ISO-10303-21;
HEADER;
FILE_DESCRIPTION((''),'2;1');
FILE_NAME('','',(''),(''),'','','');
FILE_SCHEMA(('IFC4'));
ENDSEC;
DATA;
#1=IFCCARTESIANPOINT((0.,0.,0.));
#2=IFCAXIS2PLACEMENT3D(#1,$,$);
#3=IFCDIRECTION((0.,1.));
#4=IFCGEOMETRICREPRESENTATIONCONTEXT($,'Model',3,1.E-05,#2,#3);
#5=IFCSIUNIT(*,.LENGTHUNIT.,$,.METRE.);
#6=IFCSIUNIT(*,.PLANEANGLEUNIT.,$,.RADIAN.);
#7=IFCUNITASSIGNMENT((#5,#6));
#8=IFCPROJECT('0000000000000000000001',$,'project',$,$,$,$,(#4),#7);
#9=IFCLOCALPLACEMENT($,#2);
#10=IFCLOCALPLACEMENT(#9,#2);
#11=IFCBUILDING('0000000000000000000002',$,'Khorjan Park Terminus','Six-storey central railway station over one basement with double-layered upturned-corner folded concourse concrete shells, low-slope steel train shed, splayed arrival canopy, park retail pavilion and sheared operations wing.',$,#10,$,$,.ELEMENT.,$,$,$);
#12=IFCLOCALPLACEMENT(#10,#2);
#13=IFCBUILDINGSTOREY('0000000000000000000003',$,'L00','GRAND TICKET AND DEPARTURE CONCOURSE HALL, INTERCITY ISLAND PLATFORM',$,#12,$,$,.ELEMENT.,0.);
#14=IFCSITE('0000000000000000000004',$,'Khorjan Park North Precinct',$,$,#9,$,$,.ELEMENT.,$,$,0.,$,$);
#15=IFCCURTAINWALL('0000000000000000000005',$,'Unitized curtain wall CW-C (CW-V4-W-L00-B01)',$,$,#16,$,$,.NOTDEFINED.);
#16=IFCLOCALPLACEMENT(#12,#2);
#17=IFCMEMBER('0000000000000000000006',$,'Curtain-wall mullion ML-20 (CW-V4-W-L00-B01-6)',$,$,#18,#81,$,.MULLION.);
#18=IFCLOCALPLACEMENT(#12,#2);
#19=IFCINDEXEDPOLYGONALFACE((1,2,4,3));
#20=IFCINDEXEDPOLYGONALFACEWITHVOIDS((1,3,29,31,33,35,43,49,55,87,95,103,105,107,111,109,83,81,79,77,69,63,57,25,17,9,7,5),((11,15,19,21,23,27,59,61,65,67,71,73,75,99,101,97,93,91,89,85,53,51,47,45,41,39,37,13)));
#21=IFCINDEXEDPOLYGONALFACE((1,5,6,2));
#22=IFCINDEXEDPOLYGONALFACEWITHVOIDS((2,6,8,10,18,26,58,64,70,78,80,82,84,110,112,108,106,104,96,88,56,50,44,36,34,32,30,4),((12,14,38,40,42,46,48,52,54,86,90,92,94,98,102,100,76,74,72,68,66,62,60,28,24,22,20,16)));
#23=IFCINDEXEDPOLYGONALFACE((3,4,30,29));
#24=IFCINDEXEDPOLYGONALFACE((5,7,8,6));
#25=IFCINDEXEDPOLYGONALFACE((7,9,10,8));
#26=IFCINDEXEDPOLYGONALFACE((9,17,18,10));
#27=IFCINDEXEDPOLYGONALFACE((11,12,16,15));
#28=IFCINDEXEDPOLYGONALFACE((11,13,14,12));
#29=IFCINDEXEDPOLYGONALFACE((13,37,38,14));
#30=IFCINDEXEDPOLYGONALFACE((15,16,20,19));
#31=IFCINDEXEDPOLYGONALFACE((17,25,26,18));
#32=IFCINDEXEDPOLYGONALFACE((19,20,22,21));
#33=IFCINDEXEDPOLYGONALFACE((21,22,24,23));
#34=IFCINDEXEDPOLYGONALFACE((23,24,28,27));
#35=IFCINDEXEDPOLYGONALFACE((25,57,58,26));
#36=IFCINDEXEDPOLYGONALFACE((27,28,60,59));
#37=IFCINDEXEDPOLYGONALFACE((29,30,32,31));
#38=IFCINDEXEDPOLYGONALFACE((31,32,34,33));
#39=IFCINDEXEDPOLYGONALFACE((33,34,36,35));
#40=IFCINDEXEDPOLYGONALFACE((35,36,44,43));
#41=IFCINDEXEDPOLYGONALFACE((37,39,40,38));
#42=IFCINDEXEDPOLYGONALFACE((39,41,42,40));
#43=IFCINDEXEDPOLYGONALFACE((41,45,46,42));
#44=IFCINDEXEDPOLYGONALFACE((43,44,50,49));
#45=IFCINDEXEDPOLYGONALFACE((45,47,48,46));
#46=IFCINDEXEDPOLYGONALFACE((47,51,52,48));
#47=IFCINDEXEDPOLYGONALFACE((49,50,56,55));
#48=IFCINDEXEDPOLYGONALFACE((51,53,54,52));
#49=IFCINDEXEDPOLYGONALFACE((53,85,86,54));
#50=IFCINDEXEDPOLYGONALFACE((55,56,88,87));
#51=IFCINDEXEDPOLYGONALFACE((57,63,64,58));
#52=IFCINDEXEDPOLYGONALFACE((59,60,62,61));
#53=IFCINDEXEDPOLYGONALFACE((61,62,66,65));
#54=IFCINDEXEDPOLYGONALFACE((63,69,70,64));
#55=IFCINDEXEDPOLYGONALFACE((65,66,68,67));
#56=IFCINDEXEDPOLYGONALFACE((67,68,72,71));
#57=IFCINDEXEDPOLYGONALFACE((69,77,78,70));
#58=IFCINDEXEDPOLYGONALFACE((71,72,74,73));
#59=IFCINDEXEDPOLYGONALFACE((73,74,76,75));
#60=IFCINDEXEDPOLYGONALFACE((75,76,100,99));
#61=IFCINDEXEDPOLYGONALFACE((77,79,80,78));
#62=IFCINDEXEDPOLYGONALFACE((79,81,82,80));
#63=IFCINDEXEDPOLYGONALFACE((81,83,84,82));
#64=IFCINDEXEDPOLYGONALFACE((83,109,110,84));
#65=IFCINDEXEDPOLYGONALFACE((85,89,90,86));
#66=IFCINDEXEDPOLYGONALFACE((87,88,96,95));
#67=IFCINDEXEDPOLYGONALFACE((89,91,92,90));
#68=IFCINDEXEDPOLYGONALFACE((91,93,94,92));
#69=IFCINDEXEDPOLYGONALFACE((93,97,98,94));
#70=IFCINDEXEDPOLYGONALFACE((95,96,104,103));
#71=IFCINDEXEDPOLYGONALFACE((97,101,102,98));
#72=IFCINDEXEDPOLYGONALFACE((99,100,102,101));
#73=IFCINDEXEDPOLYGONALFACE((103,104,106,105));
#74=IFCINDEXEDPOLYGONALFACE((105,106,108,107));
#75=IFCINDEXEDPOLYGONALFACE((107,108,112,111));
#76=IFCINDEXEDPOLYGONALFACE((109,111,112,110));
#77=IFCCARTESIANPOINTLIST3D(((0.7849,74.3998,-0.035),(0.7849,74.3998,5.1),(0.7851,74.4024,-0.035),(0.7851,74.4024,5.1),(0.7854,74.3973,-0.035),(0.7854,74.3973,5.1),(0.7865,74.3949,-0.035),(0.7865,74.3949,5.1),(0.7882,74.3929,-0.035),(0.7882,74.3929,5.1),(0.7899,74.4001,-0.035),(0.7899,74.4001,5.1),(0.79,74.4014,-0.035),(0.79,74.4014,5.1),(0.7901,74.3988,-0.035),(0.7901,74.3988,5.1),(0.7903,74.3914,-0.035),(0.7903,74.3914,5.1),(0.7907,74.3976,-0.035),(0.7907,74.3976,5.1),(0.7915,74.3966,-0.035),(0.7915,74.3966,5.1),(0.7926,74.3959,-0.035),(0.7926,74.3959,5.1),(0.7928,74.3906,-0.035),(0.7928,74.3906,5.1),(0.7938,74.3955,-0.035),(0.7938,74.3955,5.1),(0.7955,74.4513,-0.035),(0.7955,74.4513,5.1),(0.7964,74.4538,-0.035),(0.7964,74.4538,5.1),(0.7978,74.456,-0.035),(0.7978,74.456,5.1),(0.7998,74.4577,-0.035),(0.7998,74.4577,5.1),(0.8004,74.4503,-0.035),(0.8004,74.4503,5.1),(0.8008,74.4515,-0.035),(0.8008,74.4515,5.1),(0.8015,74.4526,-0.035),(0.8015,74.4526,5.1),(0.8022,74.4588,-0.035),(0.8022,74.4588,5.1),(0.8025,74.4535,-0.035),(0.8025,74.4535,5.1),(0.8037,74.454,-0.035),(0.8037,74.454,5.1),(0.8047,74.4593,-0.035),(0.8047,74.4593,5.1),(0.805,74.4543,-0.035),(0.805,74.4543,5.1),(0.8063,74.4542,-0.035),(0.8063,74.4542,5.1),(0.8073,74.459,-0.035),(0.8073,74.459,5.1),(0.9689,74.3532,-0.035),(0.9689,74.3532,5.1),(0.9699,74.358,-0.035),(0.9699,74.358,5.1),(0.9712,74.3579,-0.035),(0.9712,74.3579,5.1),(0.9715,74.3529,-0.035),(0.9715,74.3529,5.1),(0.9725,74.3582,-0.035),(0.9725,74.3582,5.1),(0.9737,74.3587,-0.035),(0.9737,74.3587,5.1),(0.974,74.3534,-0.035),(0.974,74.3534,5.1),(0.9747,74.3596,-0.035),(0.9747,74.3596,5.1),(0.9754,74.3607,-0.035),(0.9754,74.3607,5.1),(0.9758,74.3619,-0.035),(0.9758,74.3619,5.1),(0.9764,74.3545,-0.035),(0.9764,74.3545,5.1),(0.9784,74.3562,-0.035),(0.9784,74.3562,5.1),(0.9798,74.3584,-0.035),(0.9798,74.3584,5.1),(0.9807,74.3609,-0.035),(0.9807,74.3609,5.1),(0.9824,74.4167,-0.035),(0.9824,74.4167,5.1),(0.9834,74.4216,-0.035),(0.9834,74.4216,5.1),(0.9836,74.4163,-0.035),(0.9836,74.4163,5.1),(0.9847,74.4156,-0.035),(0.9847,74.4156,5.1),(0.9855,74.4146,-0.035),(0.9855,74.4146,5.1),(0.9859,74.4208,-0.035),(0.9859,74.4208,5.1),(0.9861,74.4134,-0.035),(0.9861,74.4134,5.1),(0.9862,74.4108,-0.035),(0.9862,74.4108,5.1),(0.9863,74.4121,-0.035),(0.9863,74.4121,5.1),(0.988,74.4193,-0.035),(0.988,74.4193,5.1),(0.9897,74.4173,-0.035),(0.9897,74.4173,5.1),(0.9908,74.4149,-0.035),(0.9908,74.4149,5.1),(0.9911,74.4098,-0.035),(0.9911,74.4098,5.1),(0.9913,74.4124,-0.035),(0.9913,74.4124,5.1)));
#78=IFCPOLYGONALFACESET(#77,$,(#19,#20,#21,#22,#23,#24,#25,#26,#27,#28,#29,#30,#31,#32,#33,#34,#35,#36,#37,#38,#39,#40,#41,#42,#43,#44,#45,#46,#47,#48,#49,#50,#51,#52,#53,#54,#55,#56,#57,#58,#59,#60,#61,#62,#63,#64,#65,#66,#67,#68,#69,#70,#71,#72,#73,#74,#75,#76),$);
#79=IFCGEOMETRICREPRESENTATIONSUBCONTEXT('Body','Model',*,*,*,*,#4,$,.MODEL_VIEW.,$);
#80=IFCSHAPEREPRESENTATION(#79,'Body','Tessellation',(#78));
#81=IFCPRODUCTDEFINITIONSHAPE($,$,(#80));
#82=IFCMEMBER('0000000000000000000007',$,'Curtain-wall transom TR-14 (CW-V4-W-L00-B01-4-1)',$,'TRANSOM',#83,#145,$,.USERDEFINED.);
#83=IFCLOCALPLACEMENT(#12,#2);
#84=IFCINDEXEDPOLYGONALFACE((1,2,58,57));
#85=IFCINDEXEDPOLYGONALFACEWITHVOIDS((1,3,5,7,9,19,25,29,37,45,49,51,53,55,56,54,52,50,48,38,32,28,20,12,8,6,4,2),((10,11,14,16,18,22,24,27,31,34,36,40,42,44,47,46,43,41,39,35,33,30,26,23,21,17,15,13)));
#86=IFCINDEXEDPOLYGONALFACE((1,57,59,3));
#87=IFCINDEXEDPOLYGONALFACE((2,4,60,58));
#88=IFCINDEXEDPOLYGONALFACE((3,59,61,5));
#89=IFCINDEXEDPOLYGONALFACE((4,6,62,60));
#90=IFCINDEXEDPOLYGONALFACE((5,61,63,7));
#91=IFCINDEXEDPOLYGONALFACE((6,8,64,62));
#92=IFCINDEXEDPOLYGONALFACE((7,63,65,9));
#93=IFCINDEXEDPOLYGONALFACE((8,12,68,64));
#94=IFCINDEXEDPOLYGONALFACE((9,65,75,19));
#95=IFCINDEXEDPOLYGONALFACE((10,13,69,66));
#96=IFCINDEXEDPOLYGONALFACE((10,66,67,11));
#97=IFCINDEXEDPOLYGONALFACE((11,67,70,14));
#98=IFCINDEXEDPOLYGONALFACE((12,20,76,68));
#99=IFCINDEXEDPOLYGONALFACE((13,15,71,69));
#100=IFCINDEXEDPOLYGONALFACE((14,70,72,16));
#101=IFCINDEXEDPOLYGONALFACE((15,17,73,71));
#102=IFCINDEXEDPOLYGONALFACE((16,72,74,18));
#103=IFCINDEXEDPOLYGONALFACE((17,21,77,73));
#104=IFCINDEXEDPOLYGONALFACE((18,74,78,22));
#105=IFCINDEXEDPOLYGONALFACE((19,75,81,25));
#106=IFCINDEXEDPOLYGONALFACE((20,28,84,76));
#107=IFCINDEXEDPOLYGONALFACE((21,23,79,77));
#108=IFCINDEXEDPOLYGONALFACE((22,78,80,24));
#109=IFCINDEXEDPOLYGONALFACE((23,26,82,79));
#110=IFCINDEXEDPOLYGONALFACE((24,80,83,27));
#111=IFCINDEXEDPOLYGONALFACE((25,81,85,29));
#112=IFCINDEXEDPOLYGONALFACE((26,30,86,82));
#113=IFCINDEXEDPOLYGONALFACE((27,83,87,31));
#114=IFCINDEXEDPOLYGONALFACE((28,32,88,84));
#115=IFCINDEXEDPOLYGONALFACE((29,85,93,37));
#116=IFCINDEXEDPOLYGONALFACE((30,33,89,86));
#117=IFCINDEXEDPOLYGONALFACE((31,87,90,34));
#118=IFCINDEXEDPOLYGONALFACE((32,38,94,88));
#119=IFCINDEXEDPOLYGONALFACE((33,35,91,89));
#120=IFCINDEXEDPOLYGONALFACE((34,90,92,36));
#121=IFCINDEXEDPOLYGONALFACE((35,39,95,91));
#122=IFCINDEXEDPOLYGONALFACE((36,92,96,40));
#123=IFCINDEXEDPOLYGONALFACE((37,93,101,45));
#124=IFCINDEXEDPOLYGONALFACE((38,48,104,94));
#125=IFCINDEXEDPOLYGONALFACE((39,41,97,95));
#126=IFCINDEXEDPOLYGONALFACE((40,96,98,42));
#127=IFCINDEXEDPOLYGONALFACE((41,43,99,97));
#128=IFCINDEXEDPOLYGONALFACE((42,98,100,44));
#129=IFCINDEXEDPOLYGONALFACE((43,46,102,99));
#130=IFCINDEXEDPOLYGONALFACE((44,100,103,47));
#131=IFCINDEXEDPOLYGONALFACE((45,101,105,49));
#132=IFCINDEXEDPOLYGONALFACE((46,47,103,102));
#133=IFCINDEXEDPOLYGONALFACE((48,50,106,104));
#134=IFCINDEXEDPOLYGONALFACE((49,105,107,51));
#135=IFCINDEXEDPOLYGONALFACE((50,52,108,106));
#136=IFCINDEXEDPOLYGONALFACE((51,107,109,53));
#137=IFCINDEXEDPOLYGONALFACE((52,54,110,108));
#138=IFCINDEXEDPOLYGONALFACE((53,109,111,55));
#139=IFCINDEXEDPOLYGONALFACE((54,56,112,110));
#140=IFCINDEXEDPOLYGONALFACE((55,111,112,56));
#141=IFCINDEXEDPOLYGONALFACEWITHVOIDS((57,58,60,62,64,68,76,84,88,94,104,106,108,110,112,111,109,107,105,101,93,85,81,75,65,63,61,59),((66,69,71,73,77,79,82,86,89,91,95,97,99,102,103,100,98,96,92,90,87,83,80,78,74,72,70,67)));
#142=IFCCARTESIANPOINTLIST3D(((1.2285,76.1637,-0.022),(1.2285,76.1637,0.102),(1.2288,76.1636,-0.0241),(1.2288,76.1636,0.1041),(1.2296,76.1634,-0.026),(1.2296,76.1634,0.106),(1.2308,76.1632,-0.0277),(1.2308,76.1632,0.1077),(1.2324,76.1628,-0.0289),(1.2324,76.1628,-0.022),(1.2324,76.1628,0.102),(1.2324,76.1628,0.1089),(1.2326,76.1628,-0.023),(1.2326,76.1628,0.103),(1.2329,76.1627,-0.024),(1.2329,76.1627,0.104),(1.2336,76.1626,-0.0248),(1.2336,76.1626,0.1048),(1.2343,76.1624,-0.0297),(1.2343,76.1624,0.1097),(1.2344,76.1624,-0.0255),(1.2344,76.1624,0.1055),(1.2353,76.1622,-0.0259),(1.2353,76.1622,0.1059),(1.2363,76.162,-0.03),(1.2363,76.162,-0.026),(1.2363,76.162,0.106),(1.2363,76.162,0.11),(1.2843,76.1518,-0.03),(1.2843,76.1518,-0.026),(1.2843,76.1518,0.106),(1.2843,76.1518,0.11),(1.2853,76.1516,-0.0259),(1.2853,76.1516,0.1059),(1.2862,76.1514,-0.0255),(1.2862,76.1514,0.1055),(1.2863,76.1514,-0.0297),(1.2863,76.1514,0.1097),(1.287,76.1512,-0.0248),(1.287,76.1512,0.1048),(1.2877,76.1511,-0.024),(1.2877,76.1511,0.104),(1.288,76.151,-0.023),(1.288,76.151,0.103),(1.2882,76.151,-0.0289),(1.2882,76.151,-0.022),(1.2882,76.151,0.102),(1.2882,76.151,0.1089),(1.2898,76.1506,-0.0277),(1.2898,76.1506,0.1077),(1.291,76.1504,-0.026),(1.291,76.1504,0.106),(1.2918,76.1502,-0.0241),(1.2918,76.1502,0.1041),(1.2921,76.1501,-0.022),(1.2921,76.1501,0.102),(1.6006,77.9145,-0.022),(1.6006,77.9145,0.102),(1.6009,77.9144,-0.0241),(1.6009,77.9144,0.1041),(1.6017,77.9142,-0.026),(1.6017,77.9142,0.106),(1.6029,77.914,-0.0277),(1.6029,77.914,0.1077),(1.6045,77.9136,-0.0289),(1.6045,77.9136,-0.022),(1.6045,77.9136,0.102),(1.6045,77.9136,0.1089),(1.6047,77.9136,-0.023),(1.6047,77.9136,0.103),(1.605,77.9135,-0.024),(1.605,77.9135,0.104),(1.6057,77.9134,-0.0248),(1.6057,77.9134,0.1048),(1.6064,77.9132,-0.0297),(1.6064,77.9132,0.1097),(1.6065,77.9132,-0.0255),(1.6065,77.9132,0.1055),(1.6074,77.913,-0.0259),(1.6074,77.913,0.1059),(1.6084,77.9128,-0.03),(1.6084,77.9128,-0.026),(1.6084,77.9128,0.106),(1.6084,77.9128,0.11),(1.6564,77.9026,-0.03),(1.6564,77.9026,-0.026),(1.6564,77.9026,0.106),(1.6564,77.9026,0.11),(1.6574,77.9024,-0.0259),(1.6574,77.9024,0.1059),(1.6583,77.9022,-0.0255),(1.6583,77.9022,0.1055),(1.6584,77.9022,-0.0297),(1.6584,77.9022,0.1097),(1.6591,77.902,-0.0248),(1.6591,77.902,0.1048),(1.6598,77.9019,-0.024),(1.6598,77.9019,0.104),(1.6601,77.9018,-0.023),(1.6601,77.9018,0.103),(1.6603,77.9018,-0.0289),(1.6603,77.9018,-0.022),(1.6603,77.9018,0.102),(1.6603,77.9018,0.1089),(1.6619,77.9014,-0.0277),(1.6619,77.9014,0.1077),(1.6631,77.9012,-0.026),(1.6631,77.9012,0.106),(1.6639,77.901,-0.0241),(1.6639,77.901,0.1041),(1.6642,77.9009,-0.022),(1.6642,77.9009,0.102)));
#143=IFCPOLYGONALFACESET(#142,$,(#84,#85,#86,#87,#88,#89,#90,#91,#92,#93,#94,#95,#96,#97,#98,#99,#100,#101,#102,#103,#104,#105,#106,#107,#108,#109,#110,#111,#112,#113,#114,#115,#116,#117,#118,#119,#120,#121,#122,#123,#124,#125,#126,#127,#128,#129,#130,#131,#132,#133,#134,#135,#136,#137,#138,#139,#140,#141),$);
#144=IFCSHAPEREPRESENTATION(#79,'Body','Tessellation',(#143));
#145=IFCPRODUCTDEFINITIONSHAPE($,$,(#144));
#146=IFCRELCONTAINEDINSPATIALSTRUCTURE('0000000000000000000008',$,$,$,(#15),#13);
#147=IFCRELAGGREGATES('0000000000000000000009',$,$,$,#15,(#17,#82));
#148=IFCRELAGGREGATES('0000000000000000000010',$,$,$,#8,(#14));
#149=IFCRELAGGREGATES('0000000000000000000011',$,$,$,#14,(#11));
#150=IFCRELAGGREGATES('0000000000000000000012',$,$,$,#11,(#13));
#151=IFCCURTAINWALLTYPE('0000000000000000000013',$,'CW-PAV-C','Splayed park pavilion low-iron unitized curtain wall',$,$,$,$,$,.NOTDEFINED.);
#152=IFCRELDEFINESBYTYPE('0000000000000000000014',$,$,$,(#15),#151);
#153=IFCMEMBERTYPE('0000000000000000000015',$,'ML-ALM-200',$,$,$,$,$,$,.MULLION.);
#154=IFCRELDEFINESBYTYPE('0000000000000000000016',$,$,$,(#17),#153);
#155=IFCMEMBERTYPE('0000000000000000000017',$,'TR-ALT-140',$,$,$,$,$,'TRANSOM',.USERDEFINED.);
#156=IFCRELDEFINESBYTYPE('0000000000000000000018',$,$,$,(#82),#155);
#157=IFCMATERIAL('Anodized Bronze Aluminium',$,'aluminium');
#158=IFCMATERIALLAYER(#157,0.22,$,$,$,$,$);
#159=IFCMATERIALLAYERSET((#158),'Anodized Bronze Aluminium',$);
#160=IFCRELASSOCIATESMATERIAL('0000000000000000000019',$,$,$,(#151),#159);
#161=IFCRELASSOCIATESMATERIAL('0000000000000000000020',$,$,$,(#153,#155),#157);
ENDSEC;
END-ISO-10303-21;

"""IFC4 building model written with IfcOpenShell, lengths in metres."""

from ifc_helpers import new_model, si_unit, direction, frame, origin, origin_2d, place, context, subcontext, project, spatial, hollow_rectangle, extrude, material, layer, layer_set, material_profile, profile_set, type_object, element, aggregate, save


model = new_model("IFC4")

# Units and contexts
model_context = context("Model", 3, precision=1e-05, world=origin(), true_north=direction((0.0, 1.0)))
body_context = subcontext(model_context, "Body", "Model", "MODEL_VIEW")
ifc_project = project(units=[si_unit("LENGTHUNIT", "METRE"), si_unit("PLANEANGLEUNIT", "RADIAN")], contexts=[model_context])

# Site, building, storey
site_placement = place(None, origin())
site = spatial("IfcSite", under=ifc_project, at=site_placement, Name="Khorjan Park North Precinct", CompositionType="ELEMENT", RefElevation=0.0)
building_placement = place(site_placement, origin())
building = spatial("IfcBuilding", under=site, at=building_placement, Name="Khorjan Park Terminus", Description="Six-storey central railway station over one basement with double-layered upturned-corner folded concourse concrete shells, low-slope steel train shed, splayed arrival canopy, park retail pavilion and sheared operations wing.", CompositionType="ELEMENT")
storey_placement = place(building_placement, origin())
storey = spatial("IfcBuildingStorey", under=building, at=storey_placement, Name="L00", Description="GRAND TICKET AND DEPARTURE CONCOURSE HALL, INTERCITY ISLAND PLATFORM", CompositionType="ELEMENT", Elevation=0.0)

# Curtain wall, members
ifc_material_1 = material(Name="Anodized Bronze Aluminium", Category="aluminium")
ifc_layer_1 = layer(ifc_material_1, 0.22)
ifc_layer_set_1 = layer_set([ifc_layer_1], Name="Anodized Bronze Aluminium")
curtain_wall_type = type_object("IfcCurtainWallType", Name="CW-PAV-C", Description="Splayed park pavilion low-iron unitized curtain wall", PredefinedType="NOTDEFINED", material=ifc_layer_set_1)
curtain_wall_placement = place(storey_placement, origin())
curtain_wall = element("IfcCurtainWall", 1, at=curtain_wall_placement, inside=storey, type_object=curtain_wall_type, Name="Unitized curtain wall CW-C (CW-V4-W-L00-B01)", PredefinedType="NOTDEFINED")
ifc_material_profile_1 = material_profile(ifc_material_1, hollow_rectangle(XDim=0.07, YDim=0.2, WallThickness=0.005, InnerFilletRadius=0.005, OuterFilletRadius=0.01, at=origin_2d()), Name="ALM 70x200x5")
ifc_profile_set_1 = profile_set([ifc_material_profile_1], Name="Anodized Bronze Aluminium")
member_type_1 = type_object("IfcMemberType", Name="ML-ALM-200", PredefinedType="MULLION", material=ifc_profile_set_1)
member_1_placement = place(storey_placement, frame((0.8881, 74.4061, -0.035), z_axis=(0.0, 0.0, 1.0), x_axis=(-0.207917, -0.978147, 0.0)))
member_1 = element("IfcMember", 2, at=member_1_placement, type_object=member_type_1, Name="Curtain-wall mullion ML-20 (CW-V4-W-L00-B01-6)", PredefinedType="MULLION", context=body_context, shape_type="SweptSolid", body=[
    extrude(hollow_rectangle(XDim=0.07, YDim=0.2, WallThickness=0.005, InnerFilletRadius=0.005, OuterFilletRadius=0.01, at=origin_2d()), origin(), (0.0, 0.0, 1.0), 5.135),
])
ifc_material_profile_2 = material_profile(ifc_material_1, hollow_rectangle(XDim=0.065, YDim=0.14, WallThickness=0.004, InnerFilletRadius=0.004, OuterFilletRadius=0.008, at=origin_2d()), Name="ALT 65x140x4")
ifc_profile_set_2 = profile_set([ifc_material_profile_2], Name="Anodized Bronze Aluminium")
member_type_2 = type_object("IfcMemberType", Name="TR-ALT-140", ElementType="TRANSOM", PredefinedType="USERDEFINED", material=ifc_profile_set_2)
member_2_placement = place(storey_placement, frame((1.6324, 77.9077, 0.04), z_axis=(-0.207888, -0.978153, 0.0), x_axis=(0.978153, -0.207888, 0.0)))
member_2 = element("IfcMember", 3, at=member_2_placement, type_object=member_type_2, Name="Curtain-wall transom TR-14 (CW-V4-W-L00-B01-4-1)", ObjectType="TRANSOM", PredefinedType="USERDEFINED", context=body_context, shape_type="SweptSolid", body=[
    extrude(hollow_rectangle(XDim=0.065, YDim=0.14, WallThickness=0.004, InnerFilletRadius=0.004, OuterFilletRadius=0.008, at=origin_2d()), origin(), (0.0, 0.0, 1.0), 1.7899),
])
aggregate(curtain_wall, [member_1, member_2])

save(model, "model.ifc")
